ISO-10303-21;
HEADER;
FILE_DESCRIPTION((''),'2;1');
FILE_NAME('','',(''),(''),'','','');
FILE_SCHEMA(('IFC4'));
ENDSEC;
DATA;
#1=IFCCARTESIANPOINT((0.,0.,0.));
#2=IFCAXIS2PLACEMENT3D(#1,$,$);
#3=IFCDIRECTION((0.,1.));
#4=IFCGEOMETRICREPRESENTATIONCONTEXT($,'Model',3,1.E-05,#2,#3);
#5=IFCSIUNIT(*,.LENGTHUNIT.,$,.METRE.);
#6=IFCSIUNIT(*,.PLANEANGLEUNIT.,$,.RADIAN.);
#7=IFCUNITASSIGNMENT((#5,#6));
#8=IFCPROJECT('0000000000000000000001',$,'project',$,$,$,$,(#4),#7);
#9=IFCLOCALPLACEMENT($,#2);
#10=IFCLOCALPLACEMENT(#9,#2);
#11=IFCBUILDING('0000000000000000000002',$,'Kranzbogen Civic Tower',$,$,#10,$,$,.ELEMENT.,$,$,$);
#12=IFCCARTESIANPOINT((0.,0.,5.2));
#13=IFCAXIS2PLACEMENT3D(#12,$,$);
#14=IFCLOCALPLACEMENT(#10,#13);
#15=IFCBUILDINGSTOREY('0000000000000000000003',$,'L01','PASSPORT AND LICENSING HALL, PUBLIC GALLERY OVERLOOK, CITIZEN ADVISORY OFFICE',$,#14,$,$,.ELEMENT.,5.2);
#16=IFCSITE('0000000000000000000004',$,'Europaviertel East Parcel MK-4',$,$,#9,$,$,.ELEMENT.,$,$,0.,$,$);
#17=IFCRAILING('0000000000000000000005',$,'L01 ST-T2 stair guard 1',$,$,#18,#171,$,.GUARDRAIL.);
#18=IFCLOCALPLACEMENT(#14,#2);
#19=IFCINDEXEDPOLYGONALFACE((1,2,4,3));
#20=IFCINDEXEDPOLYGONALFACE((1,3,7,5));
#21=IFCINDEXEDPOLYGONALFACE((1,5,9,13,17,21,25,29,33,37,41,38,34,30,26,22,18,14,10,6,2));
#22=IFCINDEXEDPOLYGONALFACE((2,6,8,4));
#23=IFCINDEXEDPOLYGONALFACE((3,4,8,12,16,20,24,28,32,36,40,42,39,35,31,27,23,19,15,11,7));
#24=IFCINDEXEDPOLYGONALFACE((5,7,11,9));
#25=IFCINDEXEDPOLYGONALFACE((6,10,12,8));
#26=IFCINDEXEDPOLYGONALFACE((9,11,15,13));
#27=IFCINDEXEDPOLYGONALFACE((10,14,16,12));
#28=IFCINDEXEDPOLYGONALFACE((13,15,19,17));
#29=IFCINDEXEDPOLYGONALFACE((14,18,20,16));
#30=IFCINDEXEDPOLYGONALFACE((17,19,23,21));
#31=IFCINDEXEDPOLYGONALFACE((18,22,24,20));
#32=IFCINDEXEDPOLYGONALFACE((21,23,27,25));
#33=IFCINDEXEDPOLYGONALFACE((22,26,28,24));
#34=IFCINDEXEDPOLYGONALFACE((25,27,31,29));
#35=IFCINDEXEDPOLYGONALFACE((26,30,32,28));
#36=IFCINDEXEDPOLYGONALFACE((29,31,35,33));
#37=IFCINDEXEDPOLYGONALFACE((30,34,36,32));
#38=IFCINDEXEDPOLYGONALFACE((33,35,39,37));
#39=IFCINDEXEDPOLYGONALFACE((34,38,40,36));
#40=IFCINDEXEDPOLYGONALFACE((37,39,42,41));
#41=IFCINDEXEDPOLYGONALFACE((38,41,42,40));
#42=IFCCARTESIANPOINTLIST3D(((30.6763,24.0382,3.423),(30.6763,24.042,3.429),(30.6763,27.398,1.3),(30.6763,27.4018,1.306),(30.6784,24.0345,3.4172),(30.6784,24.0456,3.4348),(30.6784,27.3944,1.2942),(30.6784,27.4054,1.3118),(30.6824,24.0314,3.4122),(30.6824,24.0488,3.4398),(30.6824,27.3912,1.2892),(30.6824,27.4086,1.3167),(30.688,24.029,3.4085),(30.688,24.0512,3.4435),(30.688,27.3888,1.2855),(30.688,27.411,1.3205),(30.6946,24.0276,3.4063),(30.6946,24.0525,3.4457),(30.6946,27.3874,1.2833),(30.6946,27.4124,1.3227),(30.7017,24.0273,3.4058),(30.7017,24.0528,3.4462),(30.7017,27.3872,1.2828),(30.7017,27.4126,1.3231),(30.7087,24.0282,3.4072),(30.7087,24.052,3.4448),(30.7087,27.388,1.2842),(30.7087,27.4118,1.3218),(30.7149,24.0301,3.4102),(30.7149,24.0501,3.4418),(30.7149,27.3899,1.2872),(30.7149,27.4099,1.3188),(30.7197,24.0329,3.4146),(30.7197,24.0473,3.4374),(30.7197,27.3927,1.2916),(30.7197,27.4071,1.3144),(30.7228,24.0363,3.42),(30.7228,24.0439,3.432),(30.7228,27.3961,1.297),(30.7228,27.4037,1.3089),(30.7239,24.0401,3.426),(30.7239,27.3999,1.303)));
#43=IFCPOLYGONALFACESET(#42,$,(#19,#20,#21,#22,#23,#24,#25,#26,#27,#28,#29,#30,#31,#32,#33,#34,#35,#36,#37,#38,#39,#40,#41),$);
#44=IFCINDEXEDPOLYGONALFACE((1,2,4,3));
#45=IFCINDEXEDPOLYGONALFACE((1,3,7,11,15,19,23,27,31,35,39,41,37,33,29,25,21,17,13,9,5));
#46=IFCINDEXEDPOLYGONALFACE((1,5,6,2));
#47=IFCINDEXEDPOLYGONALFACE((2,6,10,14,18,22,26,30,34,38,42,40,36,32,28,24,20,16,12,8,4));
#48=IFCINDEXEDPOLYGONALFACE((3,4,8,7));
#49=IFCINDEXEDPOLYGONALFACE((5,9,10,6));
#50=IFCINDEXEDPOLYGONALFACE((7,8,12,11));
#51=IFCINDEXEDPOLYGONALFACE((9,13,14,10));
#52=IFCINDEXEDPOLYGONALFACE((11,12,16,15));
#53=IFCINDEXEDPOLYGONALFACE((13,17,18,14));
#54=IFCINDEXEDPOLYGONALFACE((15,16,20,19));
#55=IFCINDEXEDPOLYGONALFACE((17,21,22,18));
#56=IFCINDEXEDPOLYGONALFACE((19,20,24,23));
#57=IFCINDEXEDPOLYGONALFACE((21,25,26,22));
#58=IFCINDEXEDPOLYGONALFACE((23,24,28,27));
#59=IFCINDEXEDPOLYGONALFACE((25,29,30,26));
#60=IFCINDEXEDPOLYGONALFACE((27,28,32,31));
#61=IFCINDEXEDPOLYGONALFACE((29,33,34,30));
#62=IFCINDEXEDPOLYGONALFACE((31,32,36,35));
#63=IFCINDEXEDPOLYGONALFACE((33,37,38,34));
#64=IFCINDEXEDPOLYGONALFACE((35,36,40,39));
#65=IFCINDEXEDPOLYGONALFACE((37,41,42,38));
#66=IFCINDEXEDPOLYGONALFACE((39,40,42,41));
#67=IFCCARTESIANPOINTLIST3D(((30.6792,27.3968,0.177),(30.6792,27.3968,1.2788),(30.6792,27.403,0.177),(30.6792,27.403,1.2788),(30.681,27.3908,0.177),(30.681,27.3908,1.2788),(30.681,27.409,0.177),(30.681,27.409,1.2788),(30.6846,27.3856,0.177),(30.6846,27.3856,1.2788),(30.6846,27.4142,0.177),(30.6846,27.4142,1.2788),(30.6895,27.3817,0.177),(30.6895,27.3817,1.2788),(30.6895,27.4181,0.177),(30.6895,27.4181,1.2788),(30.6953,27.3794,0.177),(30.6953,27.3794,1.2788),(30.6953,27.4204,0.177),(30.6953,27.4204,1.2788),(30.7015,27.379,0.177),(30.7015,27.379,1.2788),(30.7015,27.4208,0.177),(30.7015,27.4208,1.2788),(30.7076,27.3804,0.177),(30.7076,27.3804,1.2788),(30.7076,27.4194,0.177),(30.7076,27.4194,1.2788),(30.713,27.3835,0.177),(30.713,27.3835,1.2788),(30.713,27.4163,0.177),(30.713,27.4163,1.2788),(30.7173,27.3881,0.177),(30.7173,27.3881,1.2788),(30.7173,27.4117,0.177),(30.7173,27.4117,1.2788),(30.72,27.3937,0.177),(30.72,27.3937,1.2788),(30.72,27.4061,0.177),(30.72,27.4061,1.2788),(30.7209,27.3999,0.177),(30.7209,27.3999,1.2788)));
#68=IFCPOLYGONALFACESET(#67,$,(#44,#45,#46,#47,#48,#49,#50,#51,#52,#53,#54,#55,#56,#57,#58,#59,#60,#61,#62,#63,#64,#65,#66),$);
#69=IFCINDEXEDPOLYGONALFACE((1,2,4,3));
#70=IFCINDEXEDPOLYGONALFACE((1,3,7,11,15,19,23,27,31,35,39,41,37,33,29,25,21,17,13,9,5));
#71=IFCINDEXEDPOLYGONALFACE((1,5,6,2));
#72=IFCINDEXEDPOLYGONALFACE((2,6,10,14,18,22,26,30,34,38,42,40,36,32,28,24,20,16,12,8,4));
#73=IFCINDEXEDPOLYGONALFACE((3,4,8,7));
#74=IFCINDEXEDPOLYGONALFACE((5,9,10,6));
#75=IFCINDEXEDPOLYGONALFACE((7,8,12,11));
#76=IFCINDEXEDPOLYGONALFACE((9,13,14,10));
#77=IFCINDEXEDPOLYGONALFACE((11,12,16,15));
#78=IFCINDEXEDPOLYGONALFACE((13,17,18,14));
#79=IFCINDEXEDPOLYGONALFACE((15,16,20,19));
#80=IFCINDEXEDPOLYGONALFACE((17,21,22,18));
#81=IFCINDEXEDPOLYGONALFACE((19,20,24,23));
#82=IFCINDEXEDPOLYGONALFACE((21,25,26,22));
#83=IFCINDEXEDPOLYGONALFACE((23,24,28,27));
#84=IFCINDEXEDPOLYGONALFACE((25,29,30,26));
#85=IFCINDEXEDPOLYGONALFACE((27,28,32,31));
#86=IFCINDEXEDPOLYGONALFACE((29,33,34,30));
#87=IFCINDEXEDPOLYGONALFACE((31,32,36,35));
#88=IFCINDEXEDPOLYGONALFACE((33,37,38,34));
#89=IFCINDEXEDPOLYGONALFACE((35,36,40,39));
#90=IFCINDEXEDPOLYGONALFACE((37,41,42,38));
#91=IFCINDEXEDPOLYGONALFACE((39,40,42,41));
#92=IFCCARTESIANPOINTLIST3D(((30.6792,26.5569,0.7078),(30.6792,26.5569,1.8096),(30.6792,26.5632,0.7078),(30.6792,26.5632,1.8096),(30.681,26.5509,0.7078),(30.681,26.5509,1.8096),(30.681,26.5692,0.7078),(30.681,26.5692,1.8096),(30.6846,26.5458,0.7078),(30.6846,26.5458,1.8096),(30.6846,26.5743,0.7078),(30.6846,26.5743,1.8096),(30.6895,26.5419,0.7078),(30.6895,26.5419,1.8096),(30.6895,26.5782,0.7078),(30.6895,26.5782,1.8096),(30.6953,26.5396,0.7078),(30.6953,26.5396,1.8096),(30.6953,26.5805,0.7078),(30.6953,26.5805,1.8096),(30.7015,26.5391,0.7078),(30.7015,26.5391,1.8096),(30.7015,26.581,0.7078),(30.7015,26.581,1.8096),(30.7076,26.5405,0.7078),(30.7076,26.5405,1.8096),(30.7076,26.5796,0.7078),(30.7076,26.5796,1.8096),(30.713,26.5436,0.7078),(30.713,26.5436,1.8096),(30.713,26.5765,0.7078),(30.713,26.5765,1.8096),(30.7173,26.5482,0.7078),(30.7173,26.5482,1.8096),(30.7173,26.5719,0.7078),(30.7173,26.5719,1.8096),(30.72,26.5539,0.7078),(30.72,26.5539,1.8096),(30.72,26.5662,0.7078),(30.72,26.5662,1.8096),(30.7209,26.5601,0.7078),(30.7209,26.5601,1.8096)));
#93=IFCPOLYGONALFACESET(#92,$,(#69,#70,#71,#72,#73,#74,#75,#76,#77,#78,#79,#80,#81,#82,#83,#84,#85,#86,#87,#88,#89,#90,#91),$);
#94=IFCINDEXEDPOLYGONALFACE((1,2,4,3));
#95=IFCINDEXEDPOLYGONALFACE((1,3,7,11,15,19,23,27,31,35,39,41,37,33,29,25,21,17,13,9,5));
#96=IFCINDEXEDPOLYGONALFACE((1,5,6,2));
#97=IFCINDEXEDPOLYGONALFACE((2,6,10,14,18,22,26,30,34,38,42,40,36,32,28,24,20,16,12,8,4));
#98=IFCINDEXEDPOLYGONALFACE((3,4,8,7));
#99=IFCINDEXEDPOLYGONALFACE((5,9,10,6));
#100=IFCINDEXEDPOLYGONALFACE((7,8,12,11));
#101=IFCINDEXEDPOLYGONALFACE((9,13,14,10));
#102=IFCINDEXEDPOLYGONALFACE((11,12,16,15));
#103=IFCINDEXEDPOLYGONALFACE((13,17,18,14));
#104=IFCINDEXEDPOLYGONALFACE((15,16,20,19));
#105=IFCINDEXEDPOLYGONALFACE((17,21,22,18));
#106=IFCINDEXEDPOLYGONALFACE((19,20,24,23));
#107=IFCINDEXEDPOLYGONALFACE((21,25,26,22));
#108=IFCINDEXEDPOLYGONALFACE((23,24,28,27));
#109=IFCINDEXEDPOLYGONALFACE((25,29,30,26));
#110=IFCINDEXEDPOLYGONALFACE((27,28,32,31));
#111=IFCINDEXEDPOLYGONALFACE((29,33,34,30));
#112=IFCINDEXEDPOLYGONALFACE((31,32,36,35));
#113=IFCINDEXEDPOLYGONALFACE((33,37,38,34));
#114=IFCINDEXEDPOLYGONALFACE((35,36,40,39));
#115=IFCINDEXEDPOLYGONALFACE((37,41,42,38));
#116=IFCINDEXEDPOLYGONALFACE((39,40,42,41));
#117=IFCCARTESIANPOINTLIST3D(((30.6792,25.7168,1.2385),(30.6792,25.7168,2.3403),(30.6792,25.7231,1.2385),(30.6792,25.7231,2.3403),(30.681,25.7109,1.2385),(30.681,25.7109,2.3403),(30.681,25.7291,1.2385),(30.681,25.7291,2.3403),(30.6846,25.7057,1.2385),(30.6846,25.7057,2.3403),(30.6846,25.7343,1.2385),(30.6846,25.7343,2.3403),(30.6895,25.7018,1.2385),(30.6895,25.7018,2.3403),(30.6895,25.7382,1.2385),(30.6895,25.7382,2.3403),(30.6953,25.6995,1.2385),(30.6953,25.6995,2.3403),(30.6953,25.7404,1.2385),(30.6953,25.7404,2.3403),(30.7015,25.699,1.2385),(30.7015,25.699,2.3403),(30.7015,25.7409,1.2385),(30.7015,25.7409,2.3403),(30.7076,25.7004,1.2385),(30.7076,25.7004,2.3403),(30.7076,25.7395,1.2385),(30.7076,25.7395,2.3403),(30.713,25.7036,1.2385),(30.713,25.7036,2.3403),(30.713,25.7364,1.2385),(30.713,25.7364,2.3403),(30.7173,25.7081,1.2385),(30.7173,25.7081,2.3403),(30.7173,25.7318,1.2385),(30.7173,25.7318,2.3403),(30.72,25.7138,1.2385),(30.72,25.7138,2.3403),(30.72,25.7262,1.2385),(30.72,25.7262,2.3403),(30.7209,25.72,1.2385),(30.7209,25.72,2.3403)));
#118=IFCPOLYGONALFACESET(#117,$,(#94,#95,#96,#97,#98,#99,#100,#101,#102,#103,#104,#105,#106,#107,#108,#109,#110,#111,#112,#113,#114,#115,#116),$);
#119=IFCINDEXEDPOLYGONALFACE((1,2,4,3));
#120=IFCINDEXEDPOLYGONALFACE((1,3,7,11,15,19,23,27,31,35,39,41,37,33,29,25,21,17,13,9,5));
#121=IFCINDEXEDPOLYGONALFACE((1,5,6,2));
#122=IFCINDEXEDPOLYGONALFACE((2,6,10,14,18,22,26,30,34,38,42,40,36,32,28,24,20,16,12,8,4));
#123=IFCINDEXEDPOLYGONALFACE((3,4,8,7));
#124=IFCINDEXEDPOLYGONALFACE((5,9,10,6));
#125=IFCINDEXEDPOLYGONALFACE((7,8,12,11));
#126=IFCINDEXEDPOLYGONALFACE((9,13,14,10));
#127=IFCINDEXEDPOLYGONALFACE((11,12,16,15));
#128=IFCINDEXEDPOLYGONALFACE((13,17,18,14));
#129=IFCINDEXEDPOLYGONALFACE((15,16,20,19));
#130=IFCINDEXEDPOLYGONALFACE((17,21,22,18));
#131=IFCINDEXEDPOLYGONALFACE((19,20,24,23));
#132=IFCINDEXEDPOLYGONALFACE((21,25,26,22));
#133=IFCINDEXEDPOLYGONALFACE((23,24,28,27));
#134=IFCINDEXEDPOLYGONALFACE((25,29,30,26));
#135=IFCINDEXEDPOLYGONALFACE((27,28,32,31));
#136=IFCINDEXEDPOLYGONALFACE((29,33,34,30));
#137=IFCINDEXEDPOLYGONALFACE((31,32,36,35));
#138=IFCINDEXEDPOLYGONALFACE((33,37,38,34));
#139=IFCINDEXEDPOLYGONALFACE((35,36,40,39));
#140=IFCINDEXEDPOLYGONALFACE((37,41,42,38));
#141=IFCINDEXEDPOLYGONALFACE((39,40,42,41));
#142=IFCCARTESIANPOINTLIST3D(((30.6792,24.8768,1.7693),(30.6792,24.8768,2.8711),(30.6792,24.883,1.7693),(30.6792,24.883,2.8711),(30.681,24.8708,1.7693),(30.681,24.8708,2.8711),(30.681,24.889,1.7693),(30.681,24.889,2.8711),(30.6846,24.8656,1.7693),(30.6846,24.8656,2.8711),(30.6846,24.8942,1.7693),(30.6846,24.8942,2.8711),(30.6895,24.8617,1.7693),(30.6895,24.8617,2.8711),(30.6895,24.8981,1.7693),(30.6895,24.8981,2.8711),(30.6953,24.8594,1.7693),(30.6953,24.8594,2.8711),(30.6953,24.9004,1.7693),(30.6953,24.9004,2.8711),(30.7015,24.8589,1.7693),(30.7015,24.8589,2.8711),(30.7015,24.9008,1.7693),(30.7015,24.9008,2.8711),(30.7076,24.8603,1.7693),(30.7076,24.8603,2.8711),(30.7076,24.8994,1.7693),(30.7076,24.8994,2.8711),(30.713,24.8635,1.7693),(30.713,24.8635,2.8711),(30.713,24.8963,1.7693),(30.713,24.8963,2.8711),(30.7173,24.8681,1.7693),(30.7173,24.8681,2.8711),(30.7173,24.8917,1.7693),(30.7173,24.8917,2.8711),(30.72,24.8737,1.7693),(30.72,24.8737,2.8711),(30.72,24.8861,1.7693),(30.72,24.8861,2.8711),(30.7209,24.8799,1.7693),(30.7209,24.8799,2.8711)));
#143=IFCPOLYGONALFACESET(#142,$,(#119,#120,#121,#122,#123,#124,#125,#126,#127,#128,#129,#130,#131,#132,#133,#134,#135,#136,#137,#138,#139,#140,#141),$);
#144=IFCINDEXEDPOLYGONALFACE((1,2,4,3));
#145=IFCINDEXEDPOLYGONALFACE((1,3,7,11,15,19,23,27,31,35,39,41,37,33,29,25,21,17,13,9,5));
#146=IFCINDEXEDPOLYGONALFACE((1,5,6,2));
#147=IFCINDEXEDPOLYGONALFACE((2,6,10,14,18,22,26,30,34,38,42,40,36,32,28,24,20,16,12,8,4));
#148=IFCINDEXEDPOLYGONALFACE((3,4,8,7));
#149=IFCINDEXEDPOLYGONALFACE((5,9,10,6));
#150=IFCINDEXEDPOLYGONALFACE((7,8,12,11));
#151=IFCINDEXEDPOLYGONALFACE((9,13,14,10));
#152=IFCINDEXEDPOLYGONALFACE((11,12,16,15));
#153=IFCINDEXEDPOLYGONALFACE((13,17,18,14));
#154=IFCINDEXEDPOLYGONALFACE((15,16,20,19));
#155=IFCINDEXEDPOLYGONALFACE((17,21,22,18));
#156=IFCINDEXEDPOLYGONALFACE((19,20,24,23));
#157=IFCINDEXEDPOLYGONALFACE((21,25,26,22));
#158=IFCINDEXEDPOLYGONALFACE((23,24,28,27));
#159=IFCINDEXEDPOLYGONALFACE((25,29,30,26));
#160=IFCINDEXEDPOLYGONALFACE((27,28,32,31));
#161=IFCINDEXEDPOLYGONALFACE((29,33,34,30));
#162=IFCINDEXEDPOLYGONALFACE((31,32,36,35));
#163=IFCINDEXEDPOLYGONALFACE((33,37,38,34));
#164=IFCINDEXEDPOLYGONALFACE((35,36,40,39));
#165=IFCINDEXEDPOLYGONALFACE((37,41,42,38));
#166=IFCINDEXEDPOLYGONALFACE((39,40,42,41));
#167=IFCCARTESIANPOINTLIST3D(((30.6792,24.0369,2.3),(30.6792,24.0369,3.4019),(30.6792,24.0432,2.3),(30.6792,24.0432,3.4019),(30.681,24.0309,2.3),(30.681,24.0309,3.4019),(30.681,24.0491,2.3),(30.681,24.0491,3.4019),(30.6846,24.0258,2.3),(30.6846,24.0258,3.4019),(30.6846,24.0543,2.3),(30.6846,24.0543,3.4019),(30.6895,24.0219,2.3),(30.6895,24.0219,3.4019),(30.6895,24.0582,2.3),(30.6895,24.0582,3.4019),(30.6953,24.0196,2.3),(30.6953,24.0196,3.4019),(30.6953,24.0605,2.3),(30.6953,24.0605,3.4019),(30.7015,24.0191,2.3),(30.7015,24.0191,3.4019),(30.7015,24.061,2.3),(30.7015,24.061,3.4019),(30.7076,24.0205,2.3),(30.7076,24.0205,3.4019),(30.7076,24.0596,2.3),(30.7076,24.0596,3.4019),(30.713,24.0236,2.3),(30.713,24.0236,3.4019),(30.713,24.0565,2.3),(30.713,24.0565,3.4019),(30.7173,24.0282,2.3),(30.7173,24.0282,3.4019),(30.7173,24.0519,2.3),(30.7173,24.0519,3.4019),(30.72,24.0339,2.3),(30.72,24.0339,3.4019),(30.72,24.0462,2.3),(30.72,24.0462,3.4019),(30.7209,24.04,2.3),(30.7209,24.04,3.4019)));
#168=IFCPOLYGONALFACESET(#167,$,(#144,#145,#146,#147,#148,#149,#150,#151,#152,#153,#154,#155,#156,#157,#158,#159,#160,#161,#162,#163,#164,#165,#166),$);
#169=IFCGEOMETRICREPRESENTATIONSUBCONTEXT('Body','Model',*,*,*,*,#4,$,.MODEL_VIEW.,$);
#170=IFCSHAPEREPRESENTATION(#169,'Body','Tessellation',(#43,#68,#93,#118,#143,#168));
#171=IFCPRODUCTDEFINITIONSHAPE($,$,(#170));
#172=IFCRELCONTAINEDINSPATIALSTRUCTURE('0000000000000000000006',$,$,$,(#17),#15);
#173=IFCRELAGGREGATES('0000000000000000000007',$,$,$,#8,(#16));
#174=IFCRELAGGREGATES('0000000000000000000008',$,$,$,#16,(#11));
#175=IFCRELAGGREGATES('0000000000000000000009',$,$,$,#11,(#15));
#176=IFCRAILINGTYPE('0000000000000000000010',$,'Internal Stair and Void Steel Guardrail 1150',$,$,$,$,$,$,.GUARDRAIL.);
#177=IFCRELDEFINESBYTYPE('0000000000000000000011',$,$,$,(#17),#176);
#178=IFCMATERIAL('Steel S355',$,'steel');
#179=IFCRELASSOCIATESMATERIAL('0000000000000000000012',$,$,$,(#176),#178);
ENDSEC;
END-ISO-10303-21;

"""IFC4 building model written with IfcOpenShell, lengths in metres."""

from ifc_helpers import new_model, si_unit, direction, frame, origin, origin_2d, place, context, subcontext, project, spatial, circle, extrude, material, type_object, element, save


model = new_model("IFC4")

# Units and contexts
model_context = context("Model", 3, precision=1e-05, world=origin(), true_north=direction((0.0, 1.0)))
body_context = subcontext(model_context, "Body", "Model", "MODEL_VIEW")
ifc_project = project(units=[si_unit("LENGTHUNIT", "METRE"), si_unit("PLANEANGLEUNIT", "RADIAN")], contexts=[model_context])

# Site, building, storey
site_placement = place(None, origin())
site = spatial("IfcSite", under=ifc_project, at=site_placement, Name="Europaviertel East Parcel MK-4", CompositionType="ELEMENT", RefElevation=0.0)
building_placement = place(site_placement, origin())
building = spatial("IfcBuilding", under=site, at=building_placement, Name="Kranzbogen Civic Tower", CompositionType="ELEMENT")
storey_placement = place(building_placement, frame((0.0, 0.0, 5.2)))
storey = spatial("IfcBuildingStorey", under=building, at=storey_placement, Name="L01", Description="PASSPORT AND LICENSING HALL, PUBLIC GALLERY OVERLOOK, CITIZEN ADVISORY OFFICE", CompositionType="ELEMENT", Elevation=5.2)

# Shared definitions
ifc_material_1 = material(Name="Steel S355", Category="steel")

# Railing
railing_type_1 = type_object("IfcRailingType", Name="Internal Stair and Void Steel Guardrail 1150", PredefinedType="GUARDRAIL", material=ifc_material_1)
for number, where, name in (
    (1, (30.7, 27.3999, 0.177), "L01 ST-T2 stair guard 1"),
):
    element("IfcRailing", number, at=place(storey_placement, frame(where)), inside=storey, type_object=railing_type_1, Name=name, PredefinedType="GUARDRAIL", context=body_context, shape_type="SweptSolid", body=[
        extrude(circle(Radius=0.0239, at=origin_2d()), frame((0.0, 0.0, 1.126), z_axis=(0.0, -0.845372, 0.534178), x_axis=(1.0, 0.0, 0.0)), (0.0, 0.0, 1.0), 3.9744),
        extrude(circle(Radius=0.021, at=origin_2d()), origin(), (0.0, 0.0, 1.0), 1.1018),
        extrude(circle(Radius=0.021, at=origin_2d()), frame((0.0, -0.8398, 0.5308)), (0.0, 0.0, 1.0), 1.1018),
        extrude(circle(Radius=0.021, at=origin_2d()), frame((0.0, -1.6799, 1.0615)), (0.0, 0.0, 1.0), 1.1018),
        extrude(circle(Radius=0.021, at=origin_2d()), frame((0.0, -2.52, 1.5923)), (0.0, 0.0, 1.0), 1.1018),
        extrude(circle(Radius=0.021, at=origin_2d()), frame((0.0, -3.3599, 2.123)), (0.0, 0.0, 1.0), 1.1018),
    ])

save(model, "model.ifc")
